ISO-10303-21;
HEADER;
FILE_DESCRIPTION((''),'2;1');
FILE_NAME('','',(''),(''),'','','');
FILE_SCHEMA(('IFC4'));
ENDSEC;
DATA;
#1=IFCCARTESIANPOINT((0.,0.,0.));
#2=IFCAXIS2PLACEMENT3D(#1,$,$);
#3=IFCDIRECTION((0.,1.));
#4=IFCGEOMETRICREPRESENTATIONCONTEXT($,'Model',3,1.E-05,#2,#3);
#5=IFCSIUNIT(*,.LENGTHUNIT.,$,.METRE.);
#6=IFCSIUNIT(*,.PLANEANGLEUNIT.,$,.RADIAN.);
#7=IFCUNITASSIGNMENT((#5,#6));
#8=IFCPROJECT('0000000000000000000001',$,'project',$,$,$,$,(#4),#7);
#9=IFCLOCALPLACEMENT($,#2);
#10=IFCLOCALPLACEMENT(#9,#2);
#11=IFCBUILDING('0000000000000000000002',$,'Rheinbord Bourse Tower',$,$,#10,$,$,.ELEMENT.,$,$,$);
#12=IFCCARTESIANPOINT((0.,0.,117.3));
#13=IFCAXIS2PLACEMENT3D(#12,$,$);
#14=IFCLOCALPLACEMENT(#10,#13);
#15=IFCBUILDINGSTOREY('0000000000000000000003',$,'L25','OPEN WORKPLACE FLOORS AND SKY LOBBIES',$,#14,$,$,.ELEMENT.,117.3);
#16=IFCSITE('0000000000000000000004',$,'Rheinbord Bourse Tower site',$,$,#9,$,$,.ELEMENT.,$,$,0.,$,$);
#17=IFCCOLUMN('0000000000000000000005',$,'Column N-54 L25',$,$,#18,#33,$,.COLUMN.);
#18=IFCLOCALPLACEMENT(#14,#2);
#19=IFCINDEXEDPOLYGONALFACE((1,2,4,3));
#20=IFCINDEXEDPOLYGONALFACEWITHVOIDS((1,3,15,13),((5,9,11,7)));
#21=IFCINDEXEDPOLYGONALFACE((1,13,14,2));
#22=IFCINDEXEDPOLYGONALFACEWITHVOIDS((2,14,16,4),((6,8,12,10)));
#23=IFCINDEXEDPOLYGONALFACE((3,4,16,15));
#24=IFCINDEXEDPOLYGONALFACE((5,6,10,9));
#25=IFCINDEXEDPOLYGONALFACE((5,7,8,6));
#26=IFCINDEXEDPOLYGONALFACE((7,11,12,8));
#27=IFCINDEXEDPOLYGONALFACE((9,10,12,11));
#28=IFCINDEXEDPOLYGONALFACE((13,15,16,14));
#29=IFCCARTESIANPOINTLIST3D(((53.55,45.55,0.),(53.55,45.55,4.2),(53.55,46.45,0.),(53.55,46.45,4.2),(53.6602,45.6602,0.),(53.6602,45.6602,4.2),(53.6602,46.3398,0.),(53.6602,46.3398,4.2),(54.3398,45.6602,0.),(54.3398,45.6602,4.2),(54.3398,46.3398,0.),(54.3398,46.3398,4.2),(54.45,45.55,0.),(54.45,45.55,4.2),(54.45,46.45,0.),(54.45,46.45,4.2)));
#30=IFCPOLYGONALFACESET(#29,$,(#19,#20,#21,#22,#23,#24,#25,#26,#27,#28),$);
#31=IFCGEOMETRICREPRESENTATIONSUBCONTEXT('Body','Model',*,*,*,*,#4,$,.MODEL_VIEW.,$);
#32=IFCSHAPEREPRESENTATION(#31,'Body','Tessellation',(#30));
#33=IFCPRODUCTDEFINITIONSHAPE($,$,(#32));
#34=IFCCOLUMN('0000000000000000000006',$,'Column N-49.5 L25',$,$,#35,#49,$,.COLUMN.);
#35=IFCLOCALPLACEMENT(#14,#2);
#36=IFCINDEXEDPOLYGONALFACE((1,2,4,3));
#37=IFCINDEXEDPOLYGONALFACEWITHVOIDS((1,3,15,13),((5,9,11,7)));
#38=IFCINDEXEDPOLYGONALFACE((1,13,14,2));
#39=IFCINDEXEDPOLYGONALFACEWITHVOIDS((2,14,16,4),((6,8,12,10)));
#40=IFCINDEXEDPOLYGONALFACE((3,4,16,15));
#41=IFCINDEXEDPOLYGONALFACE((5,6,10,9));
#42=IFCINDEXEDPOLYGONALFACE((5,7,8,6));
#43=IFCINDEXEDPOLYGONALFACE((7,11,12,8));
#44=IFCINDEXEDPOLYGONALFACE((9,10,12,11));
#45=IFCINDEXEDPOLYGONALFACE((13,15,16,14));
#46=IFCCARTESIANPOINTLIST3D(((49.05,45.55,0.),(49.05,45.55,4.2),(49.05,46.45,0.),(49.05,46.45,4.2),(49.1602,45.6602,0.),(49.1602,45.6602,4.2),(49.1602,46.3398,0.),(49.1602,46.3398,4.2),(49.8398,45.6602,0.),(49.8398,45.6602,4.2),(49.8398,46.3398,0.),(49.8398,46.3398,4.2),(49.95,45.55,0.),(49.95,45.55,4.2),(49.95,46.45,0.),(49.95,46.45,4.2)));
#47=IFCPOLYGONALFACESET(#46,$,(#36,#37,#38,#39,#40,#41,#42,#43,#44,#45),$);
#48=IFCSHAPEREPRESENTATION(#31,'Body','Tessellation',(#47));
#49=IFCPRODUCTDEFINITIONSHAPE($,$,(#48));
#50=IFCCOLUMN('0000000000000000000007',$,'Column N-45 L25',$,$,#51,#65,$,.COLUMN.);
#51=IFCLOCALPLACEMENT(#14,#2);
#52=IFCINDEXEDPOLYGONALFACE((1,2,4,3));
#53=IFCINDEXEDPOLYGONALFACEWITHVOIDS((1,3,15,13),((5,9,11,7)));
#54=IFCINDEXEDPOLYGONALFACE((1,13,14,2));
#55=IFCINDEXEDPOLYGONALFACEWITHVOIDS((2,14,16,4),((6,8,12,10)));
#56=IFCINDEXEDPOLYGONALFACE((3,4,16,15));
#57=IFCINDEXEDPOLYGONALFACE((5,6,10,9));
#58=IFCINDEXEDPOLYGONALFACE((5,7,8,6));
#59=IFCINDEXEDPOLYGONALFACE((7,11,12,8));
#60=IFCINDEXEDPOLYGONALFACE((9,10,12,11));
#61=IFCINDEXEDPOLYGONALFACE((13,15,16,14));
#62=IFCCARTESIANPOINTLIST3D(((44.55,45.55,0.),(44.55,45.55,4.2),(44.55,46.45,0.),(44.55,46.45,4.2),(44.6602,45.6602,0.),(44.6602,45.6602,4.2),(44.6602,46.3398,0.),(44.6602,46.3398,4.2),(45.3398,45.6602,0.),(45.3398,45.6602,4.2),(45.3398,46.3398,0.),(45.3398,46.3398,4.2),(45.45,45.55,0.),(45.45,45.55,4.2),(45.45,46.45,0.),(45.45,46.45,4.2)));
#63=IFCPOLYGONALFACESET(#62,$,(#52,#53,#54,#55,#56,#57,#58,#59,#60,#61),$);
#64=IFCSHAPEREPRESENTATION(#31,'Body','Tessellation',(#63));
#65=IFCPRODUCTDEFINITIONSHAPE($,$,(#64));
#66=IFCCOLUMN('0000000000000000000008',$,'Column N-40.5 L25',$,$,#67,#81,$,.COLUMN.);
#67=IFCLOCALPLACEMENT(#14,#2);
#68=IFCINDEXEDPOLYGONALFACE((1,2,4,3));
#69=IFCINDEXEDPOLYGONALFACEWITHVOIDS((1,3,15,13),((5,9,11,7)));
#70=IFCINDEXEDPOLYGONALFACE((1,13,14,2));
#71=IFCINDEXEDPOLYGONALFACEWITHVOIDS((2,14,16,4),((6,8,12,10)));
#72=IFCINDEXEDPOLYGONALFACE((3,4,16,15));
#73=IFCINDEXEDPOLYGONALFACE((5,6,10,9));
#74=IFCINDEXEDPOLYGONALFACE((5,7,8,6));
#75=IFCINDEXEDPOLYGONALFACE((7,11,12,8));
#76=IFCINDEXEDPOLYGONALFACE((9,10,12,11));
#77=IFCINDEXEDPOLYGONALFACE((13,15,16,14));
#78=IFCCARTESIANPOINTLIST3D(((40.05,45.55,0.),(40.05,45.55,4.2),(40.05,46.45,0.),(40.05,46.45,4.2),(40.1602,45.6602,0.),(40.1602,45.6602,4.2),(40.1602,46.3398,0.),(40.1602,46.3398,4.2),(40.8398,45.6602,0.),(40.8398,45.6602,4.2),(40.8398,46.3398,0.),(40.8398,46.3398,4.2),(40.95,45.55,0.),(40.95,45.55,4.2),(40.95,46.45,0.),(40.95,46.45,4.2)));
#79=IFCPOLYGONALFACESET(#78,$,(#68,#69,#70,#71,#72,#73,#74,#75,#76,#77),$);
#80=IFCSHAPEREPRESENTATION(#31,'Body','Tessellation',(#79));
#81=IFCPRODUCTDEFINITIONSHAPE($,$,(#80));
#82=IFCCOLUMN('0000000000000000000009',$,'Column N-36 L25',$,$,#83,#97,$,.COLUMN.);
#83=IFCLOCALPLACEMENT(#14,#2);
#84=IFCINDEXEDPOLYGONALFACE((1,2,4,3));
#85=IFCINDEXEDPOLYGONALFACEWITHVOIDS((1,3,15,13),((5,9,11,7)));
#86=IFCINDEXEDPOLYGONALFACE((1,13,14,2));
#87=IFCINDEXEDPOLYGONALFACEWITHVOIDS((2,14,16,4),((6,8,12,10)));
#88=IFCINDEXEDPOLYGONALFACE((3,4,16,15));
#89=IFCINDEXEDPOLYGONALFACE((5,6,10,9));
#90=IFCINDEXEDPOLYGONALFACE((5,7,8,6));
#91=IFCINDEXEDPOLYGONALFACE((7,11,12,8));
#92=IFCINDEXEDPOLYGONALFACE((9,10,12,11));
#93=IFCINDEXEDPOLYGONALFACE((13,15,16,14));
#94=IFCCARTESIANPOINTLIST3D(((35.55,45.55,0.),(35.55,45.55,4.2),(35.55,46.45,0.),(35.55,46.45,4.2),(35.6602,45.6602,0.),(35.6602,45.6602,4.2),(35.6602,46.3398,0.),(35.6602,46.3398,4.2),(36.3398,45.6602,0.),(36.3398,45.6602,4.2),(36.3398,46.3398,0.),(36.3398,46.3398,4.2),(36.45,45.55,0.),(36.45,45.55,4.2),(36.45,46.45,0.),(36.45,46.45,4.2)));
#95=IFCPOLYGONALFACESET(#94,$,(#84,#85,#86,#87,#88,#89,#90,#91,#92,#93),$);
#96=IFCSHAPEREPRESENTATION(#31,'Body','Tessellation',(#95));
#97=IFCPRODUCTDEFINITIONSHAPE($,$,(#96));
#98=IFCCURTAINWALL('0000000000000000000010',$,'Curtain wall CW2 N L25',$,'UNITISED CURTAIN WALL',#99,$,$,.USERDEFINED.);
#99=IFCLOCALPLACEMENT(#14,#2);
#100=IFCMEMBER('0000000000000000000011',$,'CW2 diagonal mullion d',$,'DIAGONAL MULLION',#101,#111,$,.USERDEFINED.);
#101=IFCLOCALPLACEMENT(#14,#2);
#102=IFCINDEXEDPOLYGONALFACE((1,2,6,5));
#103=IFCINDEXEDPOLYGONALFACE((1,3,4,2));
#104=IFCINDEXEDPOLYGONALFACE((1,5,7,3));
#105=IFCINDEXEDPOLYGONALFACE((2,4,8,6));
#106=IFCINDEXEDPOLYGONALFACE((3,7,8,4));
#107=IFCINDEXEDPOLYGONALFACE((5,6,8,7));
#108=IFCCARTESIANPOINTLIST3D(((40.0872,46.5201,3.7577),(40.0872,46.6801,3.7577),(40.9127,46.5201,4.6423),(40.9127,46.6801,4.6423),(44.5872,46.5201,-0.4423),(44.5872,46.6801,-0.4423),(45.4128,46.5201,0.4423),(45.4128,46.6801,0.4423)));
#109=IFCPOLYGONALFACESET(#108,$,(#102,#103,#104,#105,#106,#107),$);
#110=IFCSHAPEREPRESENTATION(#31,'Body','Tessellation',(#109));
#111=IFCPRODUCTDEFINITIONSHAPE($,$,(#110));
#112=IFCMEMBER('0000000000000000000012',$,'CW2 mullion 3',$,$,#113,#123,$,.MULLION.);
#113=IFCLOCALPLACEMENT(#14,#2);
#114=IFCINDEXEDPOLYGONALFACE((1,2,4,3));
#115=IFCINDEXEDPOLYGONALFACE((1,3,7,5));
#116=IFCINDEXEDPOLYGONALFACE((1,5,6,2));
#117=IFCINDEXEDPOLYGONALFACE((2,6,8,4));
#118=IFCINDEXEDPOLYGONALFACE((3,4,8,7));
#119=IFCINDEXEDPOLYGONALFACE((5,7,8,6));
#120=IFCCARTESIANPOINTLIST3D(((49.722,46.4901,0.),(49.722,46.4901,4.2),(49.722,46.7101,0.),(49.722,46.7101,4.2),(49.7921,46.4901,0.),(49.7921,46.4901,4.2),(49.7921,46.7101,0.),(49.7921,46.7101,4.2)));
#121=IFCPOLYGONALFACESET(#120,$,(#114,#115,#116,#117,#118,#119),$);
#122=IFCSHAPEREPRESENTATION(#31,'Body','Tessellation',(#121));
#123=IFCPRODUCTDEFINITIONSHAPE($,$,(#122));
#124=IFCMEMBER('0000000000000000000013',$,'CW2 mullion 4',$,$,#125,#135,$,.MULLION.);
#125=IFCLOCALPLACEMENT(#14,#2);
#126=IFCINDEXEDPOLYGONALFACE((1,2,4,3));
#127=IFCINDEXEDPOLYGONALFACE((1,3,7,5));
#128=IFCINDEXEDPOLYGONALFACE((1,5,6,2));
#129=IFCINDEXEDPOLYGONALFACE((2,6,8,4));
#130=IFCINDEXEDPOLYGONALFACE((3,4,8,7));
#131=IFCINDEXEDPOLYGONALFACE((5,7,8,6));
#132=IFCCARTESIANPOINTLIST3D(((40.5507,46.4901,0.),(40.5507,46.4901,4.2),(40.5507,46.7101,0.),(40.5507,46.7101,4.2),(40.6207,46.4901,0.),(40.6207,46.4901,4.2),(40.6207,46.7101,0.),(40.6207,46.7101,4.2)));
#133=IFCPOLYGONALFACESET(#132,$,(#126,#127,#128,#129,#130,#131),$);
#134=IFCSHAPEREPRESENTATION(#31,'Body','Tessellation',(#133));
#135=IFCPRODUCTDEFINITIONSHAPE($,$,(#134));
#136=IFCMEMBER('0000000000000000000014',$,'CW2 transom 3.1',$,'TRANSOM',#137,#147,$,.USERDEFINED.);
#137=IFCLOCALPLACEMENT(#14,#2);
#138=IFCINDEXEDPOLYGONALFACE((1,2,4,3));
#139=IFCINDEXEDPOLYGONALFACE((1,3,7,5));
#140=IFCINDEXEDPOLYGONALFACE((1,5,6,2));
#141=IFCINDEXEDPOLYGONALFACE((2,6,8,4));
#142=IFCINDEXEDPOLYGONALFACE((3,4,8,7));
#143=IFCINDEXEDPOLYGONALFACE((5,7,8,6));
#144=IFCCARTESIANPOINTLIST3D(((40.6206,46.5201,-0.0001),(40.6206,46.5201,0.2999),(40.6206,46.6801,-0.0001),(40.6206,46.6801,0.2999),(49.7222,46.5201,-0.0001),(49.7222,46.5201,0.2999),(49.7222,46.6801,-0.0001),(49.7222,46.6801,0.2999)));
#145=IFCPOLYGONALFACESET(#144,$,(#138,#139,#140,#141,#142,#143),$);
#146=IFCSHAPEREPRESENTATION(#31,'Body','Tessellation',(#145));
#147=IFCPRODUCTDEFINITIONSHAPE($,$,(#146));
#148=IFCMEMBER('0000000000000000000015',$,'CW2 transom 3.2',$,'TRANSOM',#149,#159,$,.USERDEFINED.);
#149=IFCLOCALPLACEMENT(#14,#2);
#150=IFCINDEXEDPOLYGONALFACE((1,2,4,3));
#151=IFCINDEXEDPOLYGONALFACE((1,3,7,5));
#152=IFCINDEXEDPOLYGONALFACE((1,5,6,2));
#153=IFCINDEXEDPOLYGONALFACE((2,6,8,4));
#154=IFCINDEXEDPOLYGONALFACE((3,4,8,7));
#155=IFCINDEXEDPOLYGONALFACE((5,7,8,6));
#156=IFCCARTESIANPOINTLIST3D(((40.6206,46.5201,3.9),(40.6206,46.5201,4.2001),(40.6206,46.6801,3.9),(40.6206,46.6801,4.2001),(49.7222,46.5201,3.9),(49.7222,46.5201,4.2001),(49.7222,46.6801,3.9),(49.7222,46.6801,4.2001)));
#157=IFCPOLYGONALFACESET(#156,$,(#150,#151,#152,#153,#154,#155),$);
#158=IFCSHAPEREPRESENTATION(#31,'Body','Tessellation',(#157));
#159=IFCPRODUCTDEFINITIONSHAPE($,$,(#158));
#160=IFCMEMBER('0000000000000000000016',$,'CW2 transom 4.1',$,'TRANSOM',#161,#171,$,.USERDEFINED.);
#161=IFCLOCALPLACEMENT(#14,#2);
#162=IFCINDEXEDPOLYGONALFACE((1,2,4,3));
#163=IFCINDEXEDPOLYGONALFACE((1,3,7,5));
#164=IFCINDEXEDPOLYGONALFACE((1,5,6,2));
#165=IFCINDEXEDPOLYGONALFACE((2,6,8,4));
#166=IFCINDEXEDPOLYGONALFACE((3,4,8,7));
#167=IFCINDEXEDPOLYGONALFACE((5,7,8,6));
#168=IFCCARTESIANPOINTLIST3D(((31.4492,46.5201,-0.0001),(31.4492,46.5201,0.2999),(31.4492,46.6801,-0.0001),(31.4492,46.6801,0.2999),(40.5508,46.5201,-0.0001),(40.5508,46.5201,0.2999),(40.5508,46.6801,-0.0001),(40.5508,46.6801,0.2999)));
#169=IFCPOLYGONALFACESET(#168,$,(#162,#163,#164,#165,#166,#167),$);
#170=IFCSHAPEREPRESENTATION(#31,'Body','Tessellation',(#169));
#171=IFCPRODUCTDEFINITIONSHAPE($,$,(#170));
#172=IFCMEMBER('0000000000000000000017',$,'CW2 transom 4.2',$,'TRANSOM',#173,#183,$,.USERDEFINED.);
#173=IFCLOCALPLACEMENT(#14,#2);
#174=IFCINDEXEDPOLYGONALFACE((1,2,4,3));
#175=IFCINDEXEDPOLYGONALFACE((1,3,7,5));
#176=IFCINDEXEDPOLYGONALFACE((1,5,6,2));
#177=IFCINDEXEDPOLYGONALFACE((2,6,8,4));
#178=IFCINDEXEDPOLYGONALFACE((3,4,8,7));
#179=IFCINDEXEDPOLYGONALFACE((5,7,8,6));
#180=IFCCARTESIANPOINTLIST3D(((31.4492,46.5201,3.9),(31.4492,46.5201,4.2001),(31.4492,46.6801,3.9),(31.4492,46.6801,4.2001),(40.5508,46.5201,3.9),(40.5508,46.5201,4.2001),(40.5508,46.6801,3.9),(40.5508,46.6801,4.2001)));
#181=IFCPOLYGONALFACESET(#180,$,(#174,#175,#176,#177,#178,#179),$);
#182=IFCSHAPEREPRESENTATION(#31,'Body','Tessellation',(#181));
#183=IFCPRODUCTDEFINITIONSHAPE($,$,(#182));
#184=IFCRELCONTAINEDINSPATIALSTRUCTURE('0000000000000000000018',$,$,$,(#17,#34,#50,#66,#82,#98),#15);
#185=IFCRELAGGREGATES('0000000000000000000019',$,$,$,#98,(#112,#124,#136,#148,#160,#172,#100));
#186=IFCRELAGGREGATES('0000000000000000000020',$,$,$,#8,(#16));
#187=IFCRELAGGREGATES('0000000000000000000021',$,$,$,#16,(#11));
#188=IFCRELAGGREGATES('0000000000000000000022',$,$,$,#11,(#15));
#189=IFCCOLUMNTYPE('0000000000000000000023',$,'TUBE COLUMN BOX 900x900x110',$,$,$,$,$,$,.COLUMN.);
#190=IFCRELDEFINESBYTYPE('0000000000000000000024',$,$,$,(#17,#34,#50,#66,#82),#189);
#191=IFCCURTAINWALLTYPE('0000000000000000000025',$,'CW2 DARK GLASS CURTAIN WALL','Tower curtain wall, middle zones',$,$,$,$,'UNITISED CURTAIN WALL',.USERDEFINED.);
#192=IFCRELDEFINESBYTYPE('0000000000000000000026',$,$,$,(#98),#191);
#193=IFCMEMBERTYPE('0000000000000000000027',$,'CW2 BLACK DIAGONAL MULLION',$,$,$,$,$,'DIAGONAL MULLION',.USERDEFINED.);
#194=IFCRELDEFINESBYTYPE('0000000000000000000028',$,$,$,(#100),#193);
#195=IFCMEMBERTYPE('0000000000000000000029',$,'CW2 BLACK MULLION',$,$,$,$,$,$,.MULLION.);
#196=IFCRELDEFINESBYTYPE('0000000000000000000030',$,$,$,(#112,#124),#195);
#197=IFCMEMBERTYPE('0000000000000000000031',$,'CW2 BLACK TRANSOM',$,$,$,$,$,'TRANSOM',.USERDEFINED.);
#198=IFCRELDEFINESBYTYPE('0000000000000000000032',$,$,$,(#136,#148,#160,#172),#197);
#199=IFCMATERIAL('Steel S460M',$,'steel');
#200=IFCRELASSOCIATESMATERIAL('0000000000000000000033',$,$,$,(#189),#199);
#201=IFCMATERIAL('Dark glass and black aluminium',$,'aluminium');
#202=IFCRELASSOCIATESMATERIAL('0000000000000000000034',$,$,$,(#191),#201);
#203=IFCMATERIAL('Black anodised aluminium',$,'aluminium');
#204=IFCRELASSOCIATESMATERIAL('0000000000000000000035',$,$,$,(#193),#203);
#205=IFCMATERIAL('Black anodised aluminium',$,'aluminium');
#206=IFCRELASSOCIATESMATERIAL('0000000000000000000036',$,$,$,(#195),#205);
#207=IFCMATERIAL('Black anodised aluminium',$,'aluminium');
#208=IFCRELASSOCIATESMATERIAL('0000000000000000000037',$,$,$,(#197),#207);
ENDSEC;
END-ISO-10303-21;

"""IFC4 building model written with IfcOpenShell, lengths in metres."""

from ifc_helpers import new_model, si_unit, direction, frame, origin, origin_2d, place, context, subcontext, project, spatial, rectangle, hollow_rectangle, extrude, material, material_profile, profile_set, type_object, element, aggregate, save


model = new_model("IFC4")

# Units and contexts
model_context = context("Model", 3, precision=1e-05, world=origin(), true_north=direction((0.0, 1.0)))
body_context = subcontext(model_context, "Body", "Model", "MODEL_VIEW")
ifc_project = project(units=[si_unit("LENGTHUNIT", "METRE"), si_unit("PLANEANGLEUNIT", "RADIAN")], contexts=[model_context])

# Site, building, storey
site_placement = place(None, origin())
site = spatial("IfcSite", under=ifc_project, at=site_placement, Name="Rheinbord Bourse Tower site", CompositionType="ELEMENT", RefElevation=0.0)
building_placement = place(site_placement, origin())
building = spatial("IfcBuilding", under=site, at=building_placement, Name="Rheinbord Bourse Tower", CompositionType="ELEMENT")
storey_placement = place(building_placement, frame((0.0, 0.0, 117.3)))
storey = spatial("IfcBuildingStorey", under=building, at=storey_placement, Name="L25", Description="OPEN WORKPLACE FLOORS AND SKY LOBBIES", CompositionType="ELEMENT", Elevation=117.3)

# Columns
ifc_material_1 = material(Name="Steel S460M", Category="steel")
ifc_material_profile_1 = material_profile(ifc_material_1, hollow_rectangle(XDim=0.8999, YDim=0.8999, WallThickness=0.1101, at=origin_2d()), Name="BOX 900x900x110")
ifc_profile_set_1 = profile_set([ifc_material_profile_1], Name="Steel S460M")
column_type = type_object("IfcColumnType", Name="TUBE COLUMN BOX 900x900x110", PredefinedType="COLUMN", material=ifc_profile_set_1)
for number, where, z_axis, x_axis, name in (
    (1, (54.0, 46.0, 0.0), (0.0, 0.0, 1.0), (0.0, 1.0, 0.0), "Column N-54 L25"),
    (2, (49.5, 46.0, 0.0), (0.0, 0.0, 1.0), (0.0, 1.0, 0.0), "Column N-49.5 L25"),
    (3, (45.0, 46.0, 0.0), (0.0, 0.0, 1.0), (0.0, 1.0, 0.0), "Column N-45 L25"),
    (4, (40.5, 46.0, 0.0), (0.0, 0.0, 1.0), (0.0, 1.0, 0.0), "Column N-40.5 L25"),
    (5, (36.0, 46.0, 0.0), (0.0, 0.0, 1.0), (0.0, 1.0, 0.0), "Column N-36 L25"),
):
    element("IfcColumn", number, at=place(storey_placement, frame(where, z_axis=z_axis, x_axis=x_axis)), inside=storey, type_object=column_type, Name=name, PredefinedType="COLUMN", context=body_context, shape_type="SweptSolid", body=[
        extrude(hollow_rectangle(XDim=0.8999, YDim=0.8999, WallThickness=0.1101, at=origin_2d()), origin(), (0.0, 0.0, 1.0), 4.2),
    ])

# Curtain wall, members
ifc_material_2 = material(Name="Dark glass and black aluminium", Category="aluminium")
curtain_wall_type = type_object("IfcCurtainWallType", Name="CW2 DARK GLASS CURTAIN WALL", Description="Tower curtain wall, middle zones", ElementType="UNITISED CURTAIN WALL", PredefinedType="USERDEFINED", material=ifc_material_2)
curtain_wall_placement = place(storey_placement, origin())
curtain_wall = element("IfcCurtainWall", 6, at=curtain_wall_placement, inside=storey, type_object=curtain_wall_type, Name="Curtain wall CW2 N L25", ObjectType="UNITISED CURTAIN WALL", PredefinedType="USERDEFINED")
ifc_material_3 = material(Name="Black anodised aluminium", Category="aluminium")
ifc_material_profile_2 = material_profile(ifc_material_3, rectangle(XDim=0.1599, YDim=1.21, at=origin_2d()), Name="CW2 DIAGONAL MULLION 1210x160")
ifc_profile_set_2 = profile_set([ifc_material_profile_2], Name="Black anodised aluminium")
member_type_1 = type_object("IfcMemberType", Name="CW2 BLACK DIAGONAL MULLION", ElementType="DIAGONAL MULLION", PredefinedType="USERDEFINED", material=ifc_profile_set_2)
member_1_placement = place(storey_placement, frame((45.0, 46.6001, 0.0), z_axis=(-0.731059, 0.0, 0.682314), x_axis=(0.0, -1.0, 0.0)))
member_1 = element("IfcMember", 7, at=member_1_placement, type_object=member_type_1, Name="CW2 diagonal mullion d", ObjectType="DIAGONAL MULLION", PredefinedType="USERDEFINED", context=body_context, shape_type="SweptSolid", body=[
    extrude(rectangle(XDim=0.1599, YDim=1.21, at=origin_2d()), origin(), (0.0, 0.0, 1.0), 6.1555),
])
ifc_material_4 = material(Name="Black anodised aluminium", Category="aluminium")
ifc_material_profile_3 = material_profile(ifc_material_4, rectangle(XDim=0.22, YDim=0.0701, at=origin_2d()), Name="CW2 MULLION 70x220")
ifc_profile_set_3 = profile_set([ifc_material_profile_3], Name="Black anodised aluminium")
member_type_2 = type_object("IfcMemberType", Name="CW2 BLACK MULLION", PredefinedType="MULLION", material=ifc_profile_set_3)
member_2_placement = place(storey_placement, frame((49.7571, 46.6001, 0.0), z_axis=(0.0, 0.0, 1.0), x_axis=(0.0, -1.0, 0.0)))
member_2 = element("IfcMember", 8, at=member_2_placement, type_object=member_type_2, Name="CW2 mullion 3", PredefinedType="MULLION", context=body_context, shape_type="SweptSolid", body=[
    extrude(rectangle(XDim=0.22, YDim=0.0701, at=origin_2d()), origin(), (0.0, 0.0, 1.0), 4.2),
])
member_3_placement = place(storey_placement, frame((40.5857, 46.6001, 0.0), z_axis=(0.0, 0.0, 1.0), x_axis=(0.0, -1.0, 0.0)))
member_3 = element("IfcMember", 9, at=member_3_placement, type_object=member_type_2, Name="CW2 mullion 4", PredefinedType="MULLION", context=body_context, shape_type="SweptSolid", body=[
    extrude(rectangle(XDim=0.22, YDim=0.0701, at=origin_2d()), origin(), (0.0, 0.0, 1.0), 4.2),
])
ifc_material_5 = material(Name="Black anodised aluminium", Category="aluminium")
ifc_material_profile_4 = material_profile(ifc_material_5, rectangle(XDim=0.1599, YDim=0.3, at=origin_2d()), Name="CW2 TRANSOM 300x160")
ifc_profile_set_4 = profile_set([ifc_material_profile_4], Name="Black anodised aluminium")
member_type_3 = type_object("IfcMemberType", Name="CW2 BLACK TRANSOM", ElementType="TRANSOM", PredefinedType="USERDEFINED", material=ifc_profile_set_4)
member_4_placement = place(storey_placement, frame((49.7222, 46.6001, 0.1499), z_axis=(-1.0, 0.0, 0.0), x_axis=(0.0, -1.0, 0.0)))
member_4 = element("IfcMember", 10, at=member_4_placement, type_object=member_type_3, Name="CW2 transom 3.1", ObjectType="TRANSOM", PredefinedType="USERDEFINED", context=body_context, shape_type="SweptSolid", body=[
    extrude(rectangle(XDim=0.1599, YDim=0.3, at=origin_2d()), origin(), (0.0, 0.0, 1.0), 9.1016),
])
member_5_placement = place(storey_placement, frame((49.7222, 46.6001, 4.05), z_axis=(-1.0, 0.0, 0.0), x_axis=(0.0, -1.0, 0.0)))
member_5 = element("IfcMember", 11, at=member_5_placement, type_object=member_type_3, Name="CW2 transom 3.2", ObjectType="TRANSOM", PredefinedType="USERDEFINED", context=body_context, shape_type="SweptSolid", body=[
    extrude(rectangle(XDim=0.1599, YDim=0.3, at=origin_2d()), origin(), (0.0, 0.0, 1.0), 9.1016),
])
member_6_placement = place(storey_placement, frame((40.5508, 46.6001, 0.1499), z_axis=(-1.0, 0.0, 0.0), x_axis=(0.0, -1.0, 0.0)))
member_6 = element("IfcMember", 12, at=member_6_placement, type_object=member_type_3, Name="CW2 transom 4.1", ObjectType="TRANSOM", PredefinedType="USERDEFINED", context=body_context, shape_type="SweptSolid", body=[
    extrude(rectangle(XDim=0.1599, YDim=0.3, at=origin_2d()), origin(), (0.0, 0.0, 1.0), 9.1016),
])
member_7_placement = place(storey_placement, frame((40.5508, 46.6001, 4.05), z_axis=(-1.0, 0.0, 0.0), x_axis=(0.0, -1.0, 0.0)))
member_7 = element("IfcMember", 13, at=member_7_placement, type_object=member_type_3, Name="CW2 transom 4.2", ObjectType="TRANSOM", PredefinedType="USERDEFINED", context=body_context, shape_type="SweptSolid", body=[
    extrude(rectangle(XDim=0.1599, YDim=0.3, at=origin_2d()), origin(), (0.0, 0.0, 1.0), 9.1016),
])

aggregate(curtain_wall, [member_2, member_3, member_4, member_5, member_6, member_7, member_1])

save(model, "model.ifc")
